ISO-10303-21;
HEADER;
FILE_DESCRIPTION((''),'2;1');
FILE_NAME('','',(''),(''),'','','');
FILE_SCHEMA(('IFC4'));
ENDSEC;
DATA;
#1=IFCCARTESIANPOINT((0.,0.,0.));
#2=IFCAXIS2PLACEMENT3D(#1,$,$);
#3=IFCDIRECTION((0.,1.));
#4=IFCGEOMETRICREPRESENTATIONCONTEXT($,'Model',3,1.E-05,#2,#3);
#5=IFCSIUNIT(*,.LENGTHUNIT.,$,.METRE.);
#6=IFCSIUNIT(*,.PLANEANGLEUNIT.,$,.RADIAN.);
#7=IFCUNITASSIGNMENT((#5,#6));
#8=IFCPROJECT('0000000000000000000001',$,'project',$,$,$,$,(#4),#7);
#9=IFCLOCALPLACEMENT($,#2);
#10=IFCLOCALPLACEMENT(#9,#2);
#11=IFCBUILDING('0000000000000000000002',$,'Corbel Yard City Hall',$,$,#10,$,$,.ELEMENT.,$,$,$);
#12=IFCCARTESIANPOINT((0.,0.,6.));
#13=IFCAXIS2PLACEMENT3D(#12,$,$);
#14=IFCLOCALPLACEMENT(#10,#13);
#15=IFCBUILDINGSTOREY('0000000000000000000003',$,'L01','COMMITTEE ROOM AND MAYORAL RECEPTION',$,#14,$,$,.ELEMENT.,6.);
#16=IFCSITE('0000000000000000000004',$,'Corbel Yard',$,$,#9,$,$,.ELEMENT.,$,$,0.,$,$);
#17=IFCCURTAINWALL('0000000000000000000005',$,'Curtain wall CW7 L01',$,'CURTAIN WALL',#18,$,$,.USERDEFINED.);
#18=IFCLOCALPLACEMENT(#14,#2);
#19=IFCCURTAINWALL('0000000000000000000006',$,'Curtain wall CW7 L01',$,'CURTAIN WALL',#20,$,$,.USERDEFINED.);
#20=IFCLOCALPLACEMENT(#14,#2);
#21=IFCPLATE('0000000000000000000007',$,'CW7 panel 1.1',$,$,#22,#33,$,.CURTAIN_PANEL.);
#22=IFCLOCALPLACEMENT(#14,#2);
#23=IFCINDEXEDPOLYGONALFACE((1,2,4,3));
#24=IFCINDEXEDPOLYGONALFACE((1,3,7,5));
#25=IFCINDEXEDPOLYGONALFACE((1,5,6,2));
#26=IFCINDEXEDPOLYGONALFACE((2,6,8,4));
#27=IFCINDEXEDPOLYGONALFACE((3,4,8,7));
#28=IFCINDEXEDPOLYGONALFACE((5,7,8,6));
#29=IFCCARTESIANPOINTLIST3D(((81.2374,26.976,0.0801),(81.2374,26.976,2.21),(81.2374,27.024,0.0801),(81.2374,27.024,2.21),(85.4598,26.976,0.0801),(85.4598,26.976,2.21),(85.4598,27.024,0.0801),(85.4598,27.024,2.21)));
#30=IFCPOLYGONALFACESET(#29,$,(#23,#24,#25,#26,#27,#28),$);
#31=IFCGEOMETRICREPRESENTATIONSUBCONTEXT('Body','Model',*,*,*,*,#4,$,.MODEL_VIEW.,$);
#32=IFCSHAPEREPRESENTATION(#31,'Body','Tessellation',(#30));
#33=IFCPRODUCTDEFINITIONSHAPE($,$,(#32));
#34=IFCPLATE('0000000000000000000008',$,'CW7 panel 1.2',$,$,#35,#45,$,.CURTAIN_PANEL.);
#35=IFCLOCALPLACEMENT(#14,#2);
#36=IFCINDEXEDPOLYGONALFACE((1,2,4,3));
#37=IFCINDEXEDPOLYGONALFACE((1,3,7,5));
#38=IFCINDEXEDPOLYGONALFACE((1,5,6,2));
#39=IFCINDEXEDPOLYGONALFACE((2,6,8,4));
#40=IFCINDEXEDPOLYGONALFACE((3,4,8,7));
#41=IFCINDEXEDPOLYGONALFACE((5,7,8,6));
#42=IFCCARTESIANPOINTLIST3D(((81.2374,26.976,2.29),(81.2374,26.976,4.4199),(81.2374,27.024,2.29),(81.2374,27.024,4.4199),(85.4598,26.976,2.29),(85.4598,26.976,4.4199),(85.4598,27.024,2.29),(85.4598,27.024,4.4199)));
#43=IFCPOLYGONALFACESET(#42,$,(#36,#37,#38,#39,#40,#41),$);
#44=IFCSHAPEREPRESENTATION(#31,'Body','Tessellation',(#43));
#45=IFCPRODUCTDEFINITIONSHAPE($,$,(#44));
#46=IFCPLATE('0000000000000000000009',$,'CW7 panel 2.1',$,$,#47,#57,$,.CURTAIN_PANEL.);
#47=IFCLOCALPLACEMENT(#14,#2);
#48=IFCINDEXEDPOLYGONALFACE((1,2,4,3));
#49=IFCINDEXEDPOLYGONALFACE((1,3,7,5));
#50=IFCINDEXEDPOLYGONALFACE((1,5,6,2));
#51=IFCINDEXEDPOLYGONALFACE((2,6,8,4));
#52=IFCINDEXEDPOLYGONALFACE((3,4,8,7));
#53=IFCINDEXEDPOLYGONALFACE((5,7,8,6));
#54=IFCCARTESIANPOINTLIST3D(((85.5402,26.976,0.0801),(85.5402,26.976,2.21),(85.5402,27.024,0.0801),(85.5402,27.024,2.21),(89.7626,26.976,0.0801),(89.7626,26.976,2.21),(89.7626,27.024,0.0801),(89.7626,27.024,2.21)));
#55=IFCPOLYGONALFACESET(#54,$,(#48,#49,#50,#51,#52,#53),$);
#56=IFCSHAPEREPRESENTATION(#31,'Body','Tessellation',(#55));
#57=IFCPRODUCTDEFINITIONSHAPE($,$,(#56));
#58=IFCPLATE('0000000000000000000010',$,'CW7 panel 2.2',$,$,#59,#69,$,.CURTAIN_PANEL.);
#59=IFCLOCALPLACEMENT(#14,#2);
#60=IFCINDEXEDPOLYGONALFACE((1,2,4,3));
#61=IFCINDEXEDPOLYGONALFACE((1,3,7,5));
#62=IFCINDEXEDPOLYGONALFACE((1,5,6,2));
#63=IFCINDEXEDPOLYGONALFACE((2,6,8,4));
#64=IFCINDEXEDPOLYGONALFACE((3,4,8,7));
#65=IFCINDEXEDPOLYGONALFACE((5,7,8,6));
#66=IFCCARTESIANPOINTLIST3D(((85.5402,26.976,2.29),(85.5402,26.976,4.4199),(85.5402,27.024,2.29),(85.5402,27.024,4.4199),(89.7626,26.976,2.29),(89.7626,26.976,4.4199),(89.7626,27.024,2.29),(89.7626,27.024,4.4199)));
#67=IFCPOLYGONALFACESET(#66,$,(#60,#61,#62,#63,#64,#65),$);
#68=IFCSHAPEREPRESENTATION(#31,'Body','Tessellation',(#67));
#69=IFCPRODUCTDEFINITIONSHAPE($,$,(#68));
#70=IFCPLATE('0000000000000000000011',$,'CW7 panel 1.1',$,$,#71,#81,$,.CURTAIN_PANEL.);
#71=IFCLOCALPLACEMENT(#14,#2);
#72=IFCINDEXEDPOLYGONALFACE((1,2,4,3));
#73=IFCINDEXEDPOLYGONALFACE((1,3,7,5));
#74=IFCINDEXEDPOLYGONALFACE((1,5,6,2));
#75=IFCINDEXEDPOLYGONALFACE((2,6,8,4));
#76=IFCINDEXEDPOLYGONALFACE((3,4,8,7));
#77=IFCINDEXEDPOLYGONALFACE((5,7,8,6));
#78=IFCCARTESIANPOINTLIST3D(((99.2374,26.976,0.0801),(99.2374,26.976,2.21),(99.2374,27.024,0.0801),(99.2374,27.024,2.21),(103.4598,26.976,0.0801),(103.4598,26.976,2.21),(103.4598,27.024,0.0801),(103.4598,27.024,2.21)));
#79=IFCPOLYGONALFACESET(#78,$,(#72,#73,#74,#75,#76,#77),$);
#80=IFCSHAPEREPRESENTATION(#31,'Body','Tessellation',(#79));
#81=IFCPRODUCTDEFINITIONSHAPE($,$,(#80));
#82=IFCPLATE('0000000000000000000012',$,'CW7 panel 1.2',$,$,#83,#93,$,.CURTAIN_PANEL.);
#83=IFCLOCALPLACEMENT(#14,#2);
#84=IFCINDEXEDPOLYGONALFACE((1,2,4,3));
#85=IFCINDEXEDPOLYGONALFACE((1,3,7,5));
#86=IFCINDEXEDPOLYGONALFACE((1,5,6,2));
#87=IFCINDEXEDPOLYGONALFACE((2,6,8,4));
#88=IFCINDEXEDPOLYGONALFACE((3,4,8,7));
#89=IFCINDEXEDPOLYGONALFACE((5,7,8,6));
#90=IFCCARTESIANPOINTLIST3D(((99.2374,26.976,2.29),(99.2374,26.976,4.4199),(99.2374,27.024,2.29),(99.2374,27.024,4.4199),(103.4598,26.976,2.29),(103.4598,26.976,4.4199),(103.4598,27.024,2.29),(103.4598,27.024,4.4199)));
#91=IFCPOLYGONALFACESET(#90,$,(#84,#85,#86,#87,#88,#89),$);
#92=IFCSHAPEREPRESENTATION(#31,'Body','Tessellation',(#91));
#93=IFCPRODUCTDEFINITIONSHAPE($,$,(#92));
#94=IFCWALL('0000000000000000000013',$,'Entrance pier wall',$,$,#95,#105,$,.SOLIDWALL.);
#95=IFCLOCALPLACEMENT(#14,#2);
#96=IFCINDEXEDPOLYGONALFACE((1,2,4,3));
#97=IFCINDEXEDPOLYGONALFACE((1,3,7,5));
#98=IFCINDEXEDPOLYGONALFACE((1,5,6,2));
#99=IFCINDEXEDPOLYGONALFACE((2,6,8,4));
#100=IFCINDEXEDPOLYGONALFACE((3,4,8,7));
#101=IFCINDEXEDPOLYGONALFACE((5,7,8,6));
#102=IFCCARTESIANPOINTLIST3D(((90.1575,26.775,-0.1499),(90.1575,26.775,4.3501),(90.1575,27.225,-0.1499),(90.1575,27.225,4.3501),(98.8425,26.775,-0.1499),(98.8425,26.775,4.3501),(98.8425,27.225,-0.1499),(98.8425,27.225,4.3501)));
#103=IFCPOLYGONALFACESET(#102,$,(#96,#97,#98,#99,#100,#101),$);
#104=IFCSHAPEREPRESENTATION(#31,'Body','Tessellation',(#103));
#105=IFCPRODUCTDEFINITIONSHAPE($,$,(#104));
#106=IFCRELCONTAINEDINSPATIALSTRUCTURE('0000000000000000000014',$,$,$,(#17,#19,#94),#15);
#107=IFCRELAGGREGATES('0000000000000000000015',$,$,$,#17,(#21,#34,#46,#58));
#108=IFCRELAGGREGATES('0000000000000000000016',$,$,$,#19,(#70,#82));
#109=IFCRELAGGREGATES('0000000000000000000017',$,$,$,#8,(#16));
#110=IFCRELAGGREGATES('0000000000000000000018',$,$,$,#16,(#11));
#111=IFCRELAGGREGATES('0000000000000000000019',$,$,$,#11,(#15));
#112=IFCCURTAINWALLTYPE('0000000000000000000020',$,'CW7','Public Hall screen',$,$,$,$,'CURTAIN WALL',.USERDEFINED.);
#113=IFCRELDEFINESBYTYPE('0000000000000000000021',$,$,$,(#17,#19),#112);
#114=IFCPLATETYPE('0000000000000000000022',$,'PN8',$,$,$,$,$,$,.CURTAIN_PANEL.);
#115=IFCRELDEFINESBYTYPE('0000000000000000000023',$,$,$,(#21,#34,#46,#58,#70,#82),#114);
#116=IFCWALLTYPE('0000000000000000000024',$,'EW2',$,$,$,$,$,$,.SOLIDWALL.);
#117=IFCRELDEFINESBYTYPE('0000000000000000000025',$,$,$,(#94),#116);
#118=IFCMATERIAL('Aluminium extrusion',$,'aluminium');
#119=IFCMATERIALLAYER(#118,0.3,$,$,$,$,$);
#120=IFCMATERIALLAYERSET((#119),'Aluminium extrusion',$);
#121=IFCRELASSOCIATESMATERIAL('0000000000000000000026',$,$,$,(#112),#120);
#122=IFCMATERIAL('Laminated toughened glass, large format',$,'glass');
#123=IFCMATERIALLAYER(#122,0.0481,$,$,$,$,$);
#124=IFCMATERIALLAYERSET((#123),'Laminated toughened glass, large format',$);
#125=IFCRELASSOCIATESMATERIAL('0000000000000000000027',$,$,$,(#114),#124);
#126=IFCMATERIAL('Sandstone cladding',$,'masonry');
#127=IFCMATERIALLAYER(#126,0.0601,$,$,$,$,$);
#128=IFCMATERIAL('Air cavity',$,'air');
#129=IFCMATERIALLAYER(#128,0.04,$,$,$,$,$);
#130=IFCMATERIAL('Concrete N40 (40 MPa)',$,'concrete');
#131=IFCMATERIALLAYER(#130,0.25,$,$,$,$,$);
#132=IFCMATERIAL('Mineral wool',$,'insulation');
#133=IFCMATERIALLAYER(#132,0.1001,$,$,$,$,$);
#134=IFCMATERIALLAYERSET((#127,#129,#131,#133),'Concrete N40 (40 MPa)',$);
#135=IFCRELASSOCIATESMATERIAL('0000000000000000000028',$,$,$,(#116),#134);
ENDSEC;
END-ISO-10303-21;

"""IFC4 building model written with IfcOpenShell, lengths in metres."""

from ifc_helpers import new_model, si_unit, direction, frame, frame_2d, origin, origin_2d, place, context, subcontext, project, spatial, rectangle, extrude, material, layer, layer_set, type_object, element, aggregate, save


model = new_model("IFC4")

# Units and contexts
model_context = context("Model", 3, precision=1e-05, world=origin(), true_north=direction((0.0, 1.0)))
body_context = subcontext(model_context, "Body", "Model", "MODEL_VIEW")
ifc_project = project(units=[si_unit("LENGTHUNIT", "METRE"), si_unit("PLANEANGLEUNIT", "RADIAN")], contexts=[model_context])

# Site, building, storey
site_placement = place(None, origin())
site = spatial("IfcSite", under=ifc_project, at=site_placement, Name="Corbel Yard", CompositionType="ELEMENT", RefElevation=0.0)
building_placement = place(site_placement, origin())
building = spatial("IfcBuilding", under=site, at=building_placement, Name="Corbel Yard City Hall", CompositionType="ELEMENT")
storey_placement = place(building_placement, frame((0.0, 0.0, 6.0)))
storey = spatial("IfcBuildingStorey", under=building, at=storey_placement, Name="L01", Description="COMMITTEE ROOM AND MAYORAL RECEPTION", CompositionType="ELEMENT", Elevation=6.0)

# Curtain walls
ifc_material_1 = material(Name="Aluminium extrusion", Category="aluminium")
ifc_layer_1 = layer(ifc_material_1, 0.3)
ifc_layer_set_1 = layer_set([ifc_layer_1], Name="Aluminium extrusion")
curtain_wall_type = type_object("IfcCurtainWallType", Name="CW7", Description="Public Hall screen", ElementType="CURTAIN WALL", PredefinedType="USERDEFINED", material=ifc_layer_set_1)
curtain_wall_1_placement = place(storey_placement, origin())
curtain_wall_1 = element("IfcCurtainWall", 1, at=curtain_wall_1_placement, inside=storey, type_object=curtain_wall_type, Name="Curtain wall CW7 L01", ObjectType="CURTAIN WALL", PredefinedType="USERDEFINED")
curtain_wall_2_placement = place(storey_placement, origin())
curtain_wall_2 = element("IfcCurtainWall", 2, at=curtain_wall_2_placement, inside=storey, type_object=curtain_wall_type, Name="Curtain wall CW7 L01", ObjectType="CURTAIN WALL", PredefinedType="USERDEFINED")

# Plates
ifc_material_2 = material(Name="Laminated toughened glass, large format", Category="glass")
ifc_layer_2 = layer(ifc_material_2, 0.0481)
ifc_layer_set_2 = layer_set([ifc_layer_2], Name="Laminated toughened glass, large format")
plate_type = type_object("IfcPlateType", Name="PN8", PredefinedType="CURTAIN_PANEL", material=ifc_layer_set_2)
plate_1_placement = place(storey_placement, frame((83.3486, 27.0, 0.0801), z_axis=(0.0, 0.0, 1.0), x_axis=(1.0, 0.0, 0.0)))
plate_1 = element("IfcPlate", 3, at=plate_1_placement, type_object=plate_type, Name="CW7 panel 1.1", PredefinedType="CURTAIN_PANEL", context=body_context, shape_type="SweptSolid", body=[
    extrude(rectangle(XDim=4.2224, YDim=0.0481, at=origin_2d()), origin(), (0.0, 0.0, 1.0), 2.1299),
])
plate_2_placement = place(storey_placement, frame((83.3486, 27.0, 2.29), z_axis=(0.0, 0.0, 1.0), x_axis=(1.0, 0.0, 0.0)))
plate_2 = element("IfcPlate", 4, at=plate_2_placement, type_object=plate_type, Name="CW7 panel 1.2", PredefinedType="CURTAIN_PANEL", context=body_context, shape_type="SweptSolid", body=[
    extrude(rectangle(XDim=4.2224, YDim=0.0481, at=origin_2d()), origin(), (0.0, 0.0, 1.0), 2.1299),
])
plate_3_placement = place(storey_placement, frame((87.6514, 27.0, 0.0801), z_axis=(0.0, 0.0, 1.0), x_axis=(1.0, 0.0, 0.0)))
plate_3 = element("IfcPlate", 5, at=plate_3_placement, type_object=plate_type, Name="CW7 panel 2.1", PredefinedType="CURTAIN_PANEL", context=body_context, shape_type="SweptSolid", body=[
    extrude(rectangle(XDim=4.2224, YDim=0.0481, at=origin_2d()), origin(), (0.0, 0.0, 1.0), 2.1299),
])
plate_4_placement = place(storey_placement, frame((87.6514, 27.0, 2.29), z_axis=(0.0, 0.0, 1.0), x_axis=(1.0, 0.0, 0.0)))
plate_4 = element("IfcPlate", 6, at=plate_4_placement, type_object=plate_type, Name="CW7 panel 2.2", PredefinedType="CURTAIN_PANEL", context=body_context, shape_type="SweptSolid", body=[
    extrude(rectangle(XDim=4.2224, YDim=0.0481, at=origin_2d()), origin(), (0.0, 0.0, 1.0), 2.1299),
])
aggregate(curtain_wall_1, [plate_1, plate_2, plate_3, plate_4])
plate_5_placement = place(storey_placement, frame((101.3486, 27.0, 0.0801), z_axis=(0.0, 0.0, 1.0), x_axis=(1.0, 0.0, 0.0)))
plate_5 = element("IfcPlate", 7, at=plate_5_placement, type_object=plate_type, Name="CW7 panel 1.1", PredefinedType="CURTAIN_PANEL", context=body_context, shape_type="SweptSolid", body=[
    extrude(rectangle(XDim=4.2224, YDim=0.0481, at=origin_2d()), origin(), (0.0, 0.0, 1.0), 2.1299),
])
plate_6_placement = place(storey_placement, frame((101.3486, 27.0, 2.29), z_axis=(0.0, 0.0, 1.0), x_axis=(1.0, 0.0, 0.0)))
plate_6 = element("IfcPlate", 8, at=plate_6_placement, type_object=plate_type, Name="CW7 panel 1.2", PredefinedType="CURTAIN_PANEL", context=body_context, shape_type="SweptSolid", body=[
    extrude(rectangle(XDim=4.2224, YDim=0.0481, at=origin_2d()), origin(), (0.0, 0.0, 1.0), 2.1299),
])
aggregate(curtain_wall_2, [plate_5, plate_6])

# Wall
ifc_material_3 = material(Name="Sandstone cladding", Category="masonry")
ifc_layer_3 = layer(ifc_material_3, 0.0601)
ifc_material_4 = material(Name="Air cavity", Category="air")
ifc_layer_4 = layer(ifc_material_4, 0.04)
ifc_material_5 = material(Name="Concrete N40 (40 MPa)", Category="concrete")
ifc_layer_5 = layer(ifc_material_5, 0.25)
ifc_material_6 = material(Name="Mineral wool", Category="insulation")
ifc_layer_6 = layer(ifc_material_6, 0.1001)
ifc_layer_set_3 = layer_set([ifc_layer_3, ifc_layer_4, ifc_layer_5, ifc_layer_6], Name="Concrete N40 (40 MPa)")
wall_type = type_object("IfcWallType", Name="EW2", PredefinedType="SOLIDWALL", material=ifc_layer_set_3)
wall_placement = place(storey_placement, frame((90.1575, 27.0, -0.1499), z_axis=(0.0, 0.0, 1.0), x_axis=(1.0, 0.0, 0.0)))
element("IfcWall", 9, at=wall_placement, inside=storey, type_object=wall_type, Name="Entrance pier wall", PredefinedType="SOLIDWALL", context=body_context, shape_type="SweptSolid", body=[
    extrude(rectangle(XDim=8.6851, YDim=0.45, at=frame_2d((4.3425, 0.0))), origin(), (0.0, 0.0, 1.0), 4.5),
])

save(model, "model.ifc")
